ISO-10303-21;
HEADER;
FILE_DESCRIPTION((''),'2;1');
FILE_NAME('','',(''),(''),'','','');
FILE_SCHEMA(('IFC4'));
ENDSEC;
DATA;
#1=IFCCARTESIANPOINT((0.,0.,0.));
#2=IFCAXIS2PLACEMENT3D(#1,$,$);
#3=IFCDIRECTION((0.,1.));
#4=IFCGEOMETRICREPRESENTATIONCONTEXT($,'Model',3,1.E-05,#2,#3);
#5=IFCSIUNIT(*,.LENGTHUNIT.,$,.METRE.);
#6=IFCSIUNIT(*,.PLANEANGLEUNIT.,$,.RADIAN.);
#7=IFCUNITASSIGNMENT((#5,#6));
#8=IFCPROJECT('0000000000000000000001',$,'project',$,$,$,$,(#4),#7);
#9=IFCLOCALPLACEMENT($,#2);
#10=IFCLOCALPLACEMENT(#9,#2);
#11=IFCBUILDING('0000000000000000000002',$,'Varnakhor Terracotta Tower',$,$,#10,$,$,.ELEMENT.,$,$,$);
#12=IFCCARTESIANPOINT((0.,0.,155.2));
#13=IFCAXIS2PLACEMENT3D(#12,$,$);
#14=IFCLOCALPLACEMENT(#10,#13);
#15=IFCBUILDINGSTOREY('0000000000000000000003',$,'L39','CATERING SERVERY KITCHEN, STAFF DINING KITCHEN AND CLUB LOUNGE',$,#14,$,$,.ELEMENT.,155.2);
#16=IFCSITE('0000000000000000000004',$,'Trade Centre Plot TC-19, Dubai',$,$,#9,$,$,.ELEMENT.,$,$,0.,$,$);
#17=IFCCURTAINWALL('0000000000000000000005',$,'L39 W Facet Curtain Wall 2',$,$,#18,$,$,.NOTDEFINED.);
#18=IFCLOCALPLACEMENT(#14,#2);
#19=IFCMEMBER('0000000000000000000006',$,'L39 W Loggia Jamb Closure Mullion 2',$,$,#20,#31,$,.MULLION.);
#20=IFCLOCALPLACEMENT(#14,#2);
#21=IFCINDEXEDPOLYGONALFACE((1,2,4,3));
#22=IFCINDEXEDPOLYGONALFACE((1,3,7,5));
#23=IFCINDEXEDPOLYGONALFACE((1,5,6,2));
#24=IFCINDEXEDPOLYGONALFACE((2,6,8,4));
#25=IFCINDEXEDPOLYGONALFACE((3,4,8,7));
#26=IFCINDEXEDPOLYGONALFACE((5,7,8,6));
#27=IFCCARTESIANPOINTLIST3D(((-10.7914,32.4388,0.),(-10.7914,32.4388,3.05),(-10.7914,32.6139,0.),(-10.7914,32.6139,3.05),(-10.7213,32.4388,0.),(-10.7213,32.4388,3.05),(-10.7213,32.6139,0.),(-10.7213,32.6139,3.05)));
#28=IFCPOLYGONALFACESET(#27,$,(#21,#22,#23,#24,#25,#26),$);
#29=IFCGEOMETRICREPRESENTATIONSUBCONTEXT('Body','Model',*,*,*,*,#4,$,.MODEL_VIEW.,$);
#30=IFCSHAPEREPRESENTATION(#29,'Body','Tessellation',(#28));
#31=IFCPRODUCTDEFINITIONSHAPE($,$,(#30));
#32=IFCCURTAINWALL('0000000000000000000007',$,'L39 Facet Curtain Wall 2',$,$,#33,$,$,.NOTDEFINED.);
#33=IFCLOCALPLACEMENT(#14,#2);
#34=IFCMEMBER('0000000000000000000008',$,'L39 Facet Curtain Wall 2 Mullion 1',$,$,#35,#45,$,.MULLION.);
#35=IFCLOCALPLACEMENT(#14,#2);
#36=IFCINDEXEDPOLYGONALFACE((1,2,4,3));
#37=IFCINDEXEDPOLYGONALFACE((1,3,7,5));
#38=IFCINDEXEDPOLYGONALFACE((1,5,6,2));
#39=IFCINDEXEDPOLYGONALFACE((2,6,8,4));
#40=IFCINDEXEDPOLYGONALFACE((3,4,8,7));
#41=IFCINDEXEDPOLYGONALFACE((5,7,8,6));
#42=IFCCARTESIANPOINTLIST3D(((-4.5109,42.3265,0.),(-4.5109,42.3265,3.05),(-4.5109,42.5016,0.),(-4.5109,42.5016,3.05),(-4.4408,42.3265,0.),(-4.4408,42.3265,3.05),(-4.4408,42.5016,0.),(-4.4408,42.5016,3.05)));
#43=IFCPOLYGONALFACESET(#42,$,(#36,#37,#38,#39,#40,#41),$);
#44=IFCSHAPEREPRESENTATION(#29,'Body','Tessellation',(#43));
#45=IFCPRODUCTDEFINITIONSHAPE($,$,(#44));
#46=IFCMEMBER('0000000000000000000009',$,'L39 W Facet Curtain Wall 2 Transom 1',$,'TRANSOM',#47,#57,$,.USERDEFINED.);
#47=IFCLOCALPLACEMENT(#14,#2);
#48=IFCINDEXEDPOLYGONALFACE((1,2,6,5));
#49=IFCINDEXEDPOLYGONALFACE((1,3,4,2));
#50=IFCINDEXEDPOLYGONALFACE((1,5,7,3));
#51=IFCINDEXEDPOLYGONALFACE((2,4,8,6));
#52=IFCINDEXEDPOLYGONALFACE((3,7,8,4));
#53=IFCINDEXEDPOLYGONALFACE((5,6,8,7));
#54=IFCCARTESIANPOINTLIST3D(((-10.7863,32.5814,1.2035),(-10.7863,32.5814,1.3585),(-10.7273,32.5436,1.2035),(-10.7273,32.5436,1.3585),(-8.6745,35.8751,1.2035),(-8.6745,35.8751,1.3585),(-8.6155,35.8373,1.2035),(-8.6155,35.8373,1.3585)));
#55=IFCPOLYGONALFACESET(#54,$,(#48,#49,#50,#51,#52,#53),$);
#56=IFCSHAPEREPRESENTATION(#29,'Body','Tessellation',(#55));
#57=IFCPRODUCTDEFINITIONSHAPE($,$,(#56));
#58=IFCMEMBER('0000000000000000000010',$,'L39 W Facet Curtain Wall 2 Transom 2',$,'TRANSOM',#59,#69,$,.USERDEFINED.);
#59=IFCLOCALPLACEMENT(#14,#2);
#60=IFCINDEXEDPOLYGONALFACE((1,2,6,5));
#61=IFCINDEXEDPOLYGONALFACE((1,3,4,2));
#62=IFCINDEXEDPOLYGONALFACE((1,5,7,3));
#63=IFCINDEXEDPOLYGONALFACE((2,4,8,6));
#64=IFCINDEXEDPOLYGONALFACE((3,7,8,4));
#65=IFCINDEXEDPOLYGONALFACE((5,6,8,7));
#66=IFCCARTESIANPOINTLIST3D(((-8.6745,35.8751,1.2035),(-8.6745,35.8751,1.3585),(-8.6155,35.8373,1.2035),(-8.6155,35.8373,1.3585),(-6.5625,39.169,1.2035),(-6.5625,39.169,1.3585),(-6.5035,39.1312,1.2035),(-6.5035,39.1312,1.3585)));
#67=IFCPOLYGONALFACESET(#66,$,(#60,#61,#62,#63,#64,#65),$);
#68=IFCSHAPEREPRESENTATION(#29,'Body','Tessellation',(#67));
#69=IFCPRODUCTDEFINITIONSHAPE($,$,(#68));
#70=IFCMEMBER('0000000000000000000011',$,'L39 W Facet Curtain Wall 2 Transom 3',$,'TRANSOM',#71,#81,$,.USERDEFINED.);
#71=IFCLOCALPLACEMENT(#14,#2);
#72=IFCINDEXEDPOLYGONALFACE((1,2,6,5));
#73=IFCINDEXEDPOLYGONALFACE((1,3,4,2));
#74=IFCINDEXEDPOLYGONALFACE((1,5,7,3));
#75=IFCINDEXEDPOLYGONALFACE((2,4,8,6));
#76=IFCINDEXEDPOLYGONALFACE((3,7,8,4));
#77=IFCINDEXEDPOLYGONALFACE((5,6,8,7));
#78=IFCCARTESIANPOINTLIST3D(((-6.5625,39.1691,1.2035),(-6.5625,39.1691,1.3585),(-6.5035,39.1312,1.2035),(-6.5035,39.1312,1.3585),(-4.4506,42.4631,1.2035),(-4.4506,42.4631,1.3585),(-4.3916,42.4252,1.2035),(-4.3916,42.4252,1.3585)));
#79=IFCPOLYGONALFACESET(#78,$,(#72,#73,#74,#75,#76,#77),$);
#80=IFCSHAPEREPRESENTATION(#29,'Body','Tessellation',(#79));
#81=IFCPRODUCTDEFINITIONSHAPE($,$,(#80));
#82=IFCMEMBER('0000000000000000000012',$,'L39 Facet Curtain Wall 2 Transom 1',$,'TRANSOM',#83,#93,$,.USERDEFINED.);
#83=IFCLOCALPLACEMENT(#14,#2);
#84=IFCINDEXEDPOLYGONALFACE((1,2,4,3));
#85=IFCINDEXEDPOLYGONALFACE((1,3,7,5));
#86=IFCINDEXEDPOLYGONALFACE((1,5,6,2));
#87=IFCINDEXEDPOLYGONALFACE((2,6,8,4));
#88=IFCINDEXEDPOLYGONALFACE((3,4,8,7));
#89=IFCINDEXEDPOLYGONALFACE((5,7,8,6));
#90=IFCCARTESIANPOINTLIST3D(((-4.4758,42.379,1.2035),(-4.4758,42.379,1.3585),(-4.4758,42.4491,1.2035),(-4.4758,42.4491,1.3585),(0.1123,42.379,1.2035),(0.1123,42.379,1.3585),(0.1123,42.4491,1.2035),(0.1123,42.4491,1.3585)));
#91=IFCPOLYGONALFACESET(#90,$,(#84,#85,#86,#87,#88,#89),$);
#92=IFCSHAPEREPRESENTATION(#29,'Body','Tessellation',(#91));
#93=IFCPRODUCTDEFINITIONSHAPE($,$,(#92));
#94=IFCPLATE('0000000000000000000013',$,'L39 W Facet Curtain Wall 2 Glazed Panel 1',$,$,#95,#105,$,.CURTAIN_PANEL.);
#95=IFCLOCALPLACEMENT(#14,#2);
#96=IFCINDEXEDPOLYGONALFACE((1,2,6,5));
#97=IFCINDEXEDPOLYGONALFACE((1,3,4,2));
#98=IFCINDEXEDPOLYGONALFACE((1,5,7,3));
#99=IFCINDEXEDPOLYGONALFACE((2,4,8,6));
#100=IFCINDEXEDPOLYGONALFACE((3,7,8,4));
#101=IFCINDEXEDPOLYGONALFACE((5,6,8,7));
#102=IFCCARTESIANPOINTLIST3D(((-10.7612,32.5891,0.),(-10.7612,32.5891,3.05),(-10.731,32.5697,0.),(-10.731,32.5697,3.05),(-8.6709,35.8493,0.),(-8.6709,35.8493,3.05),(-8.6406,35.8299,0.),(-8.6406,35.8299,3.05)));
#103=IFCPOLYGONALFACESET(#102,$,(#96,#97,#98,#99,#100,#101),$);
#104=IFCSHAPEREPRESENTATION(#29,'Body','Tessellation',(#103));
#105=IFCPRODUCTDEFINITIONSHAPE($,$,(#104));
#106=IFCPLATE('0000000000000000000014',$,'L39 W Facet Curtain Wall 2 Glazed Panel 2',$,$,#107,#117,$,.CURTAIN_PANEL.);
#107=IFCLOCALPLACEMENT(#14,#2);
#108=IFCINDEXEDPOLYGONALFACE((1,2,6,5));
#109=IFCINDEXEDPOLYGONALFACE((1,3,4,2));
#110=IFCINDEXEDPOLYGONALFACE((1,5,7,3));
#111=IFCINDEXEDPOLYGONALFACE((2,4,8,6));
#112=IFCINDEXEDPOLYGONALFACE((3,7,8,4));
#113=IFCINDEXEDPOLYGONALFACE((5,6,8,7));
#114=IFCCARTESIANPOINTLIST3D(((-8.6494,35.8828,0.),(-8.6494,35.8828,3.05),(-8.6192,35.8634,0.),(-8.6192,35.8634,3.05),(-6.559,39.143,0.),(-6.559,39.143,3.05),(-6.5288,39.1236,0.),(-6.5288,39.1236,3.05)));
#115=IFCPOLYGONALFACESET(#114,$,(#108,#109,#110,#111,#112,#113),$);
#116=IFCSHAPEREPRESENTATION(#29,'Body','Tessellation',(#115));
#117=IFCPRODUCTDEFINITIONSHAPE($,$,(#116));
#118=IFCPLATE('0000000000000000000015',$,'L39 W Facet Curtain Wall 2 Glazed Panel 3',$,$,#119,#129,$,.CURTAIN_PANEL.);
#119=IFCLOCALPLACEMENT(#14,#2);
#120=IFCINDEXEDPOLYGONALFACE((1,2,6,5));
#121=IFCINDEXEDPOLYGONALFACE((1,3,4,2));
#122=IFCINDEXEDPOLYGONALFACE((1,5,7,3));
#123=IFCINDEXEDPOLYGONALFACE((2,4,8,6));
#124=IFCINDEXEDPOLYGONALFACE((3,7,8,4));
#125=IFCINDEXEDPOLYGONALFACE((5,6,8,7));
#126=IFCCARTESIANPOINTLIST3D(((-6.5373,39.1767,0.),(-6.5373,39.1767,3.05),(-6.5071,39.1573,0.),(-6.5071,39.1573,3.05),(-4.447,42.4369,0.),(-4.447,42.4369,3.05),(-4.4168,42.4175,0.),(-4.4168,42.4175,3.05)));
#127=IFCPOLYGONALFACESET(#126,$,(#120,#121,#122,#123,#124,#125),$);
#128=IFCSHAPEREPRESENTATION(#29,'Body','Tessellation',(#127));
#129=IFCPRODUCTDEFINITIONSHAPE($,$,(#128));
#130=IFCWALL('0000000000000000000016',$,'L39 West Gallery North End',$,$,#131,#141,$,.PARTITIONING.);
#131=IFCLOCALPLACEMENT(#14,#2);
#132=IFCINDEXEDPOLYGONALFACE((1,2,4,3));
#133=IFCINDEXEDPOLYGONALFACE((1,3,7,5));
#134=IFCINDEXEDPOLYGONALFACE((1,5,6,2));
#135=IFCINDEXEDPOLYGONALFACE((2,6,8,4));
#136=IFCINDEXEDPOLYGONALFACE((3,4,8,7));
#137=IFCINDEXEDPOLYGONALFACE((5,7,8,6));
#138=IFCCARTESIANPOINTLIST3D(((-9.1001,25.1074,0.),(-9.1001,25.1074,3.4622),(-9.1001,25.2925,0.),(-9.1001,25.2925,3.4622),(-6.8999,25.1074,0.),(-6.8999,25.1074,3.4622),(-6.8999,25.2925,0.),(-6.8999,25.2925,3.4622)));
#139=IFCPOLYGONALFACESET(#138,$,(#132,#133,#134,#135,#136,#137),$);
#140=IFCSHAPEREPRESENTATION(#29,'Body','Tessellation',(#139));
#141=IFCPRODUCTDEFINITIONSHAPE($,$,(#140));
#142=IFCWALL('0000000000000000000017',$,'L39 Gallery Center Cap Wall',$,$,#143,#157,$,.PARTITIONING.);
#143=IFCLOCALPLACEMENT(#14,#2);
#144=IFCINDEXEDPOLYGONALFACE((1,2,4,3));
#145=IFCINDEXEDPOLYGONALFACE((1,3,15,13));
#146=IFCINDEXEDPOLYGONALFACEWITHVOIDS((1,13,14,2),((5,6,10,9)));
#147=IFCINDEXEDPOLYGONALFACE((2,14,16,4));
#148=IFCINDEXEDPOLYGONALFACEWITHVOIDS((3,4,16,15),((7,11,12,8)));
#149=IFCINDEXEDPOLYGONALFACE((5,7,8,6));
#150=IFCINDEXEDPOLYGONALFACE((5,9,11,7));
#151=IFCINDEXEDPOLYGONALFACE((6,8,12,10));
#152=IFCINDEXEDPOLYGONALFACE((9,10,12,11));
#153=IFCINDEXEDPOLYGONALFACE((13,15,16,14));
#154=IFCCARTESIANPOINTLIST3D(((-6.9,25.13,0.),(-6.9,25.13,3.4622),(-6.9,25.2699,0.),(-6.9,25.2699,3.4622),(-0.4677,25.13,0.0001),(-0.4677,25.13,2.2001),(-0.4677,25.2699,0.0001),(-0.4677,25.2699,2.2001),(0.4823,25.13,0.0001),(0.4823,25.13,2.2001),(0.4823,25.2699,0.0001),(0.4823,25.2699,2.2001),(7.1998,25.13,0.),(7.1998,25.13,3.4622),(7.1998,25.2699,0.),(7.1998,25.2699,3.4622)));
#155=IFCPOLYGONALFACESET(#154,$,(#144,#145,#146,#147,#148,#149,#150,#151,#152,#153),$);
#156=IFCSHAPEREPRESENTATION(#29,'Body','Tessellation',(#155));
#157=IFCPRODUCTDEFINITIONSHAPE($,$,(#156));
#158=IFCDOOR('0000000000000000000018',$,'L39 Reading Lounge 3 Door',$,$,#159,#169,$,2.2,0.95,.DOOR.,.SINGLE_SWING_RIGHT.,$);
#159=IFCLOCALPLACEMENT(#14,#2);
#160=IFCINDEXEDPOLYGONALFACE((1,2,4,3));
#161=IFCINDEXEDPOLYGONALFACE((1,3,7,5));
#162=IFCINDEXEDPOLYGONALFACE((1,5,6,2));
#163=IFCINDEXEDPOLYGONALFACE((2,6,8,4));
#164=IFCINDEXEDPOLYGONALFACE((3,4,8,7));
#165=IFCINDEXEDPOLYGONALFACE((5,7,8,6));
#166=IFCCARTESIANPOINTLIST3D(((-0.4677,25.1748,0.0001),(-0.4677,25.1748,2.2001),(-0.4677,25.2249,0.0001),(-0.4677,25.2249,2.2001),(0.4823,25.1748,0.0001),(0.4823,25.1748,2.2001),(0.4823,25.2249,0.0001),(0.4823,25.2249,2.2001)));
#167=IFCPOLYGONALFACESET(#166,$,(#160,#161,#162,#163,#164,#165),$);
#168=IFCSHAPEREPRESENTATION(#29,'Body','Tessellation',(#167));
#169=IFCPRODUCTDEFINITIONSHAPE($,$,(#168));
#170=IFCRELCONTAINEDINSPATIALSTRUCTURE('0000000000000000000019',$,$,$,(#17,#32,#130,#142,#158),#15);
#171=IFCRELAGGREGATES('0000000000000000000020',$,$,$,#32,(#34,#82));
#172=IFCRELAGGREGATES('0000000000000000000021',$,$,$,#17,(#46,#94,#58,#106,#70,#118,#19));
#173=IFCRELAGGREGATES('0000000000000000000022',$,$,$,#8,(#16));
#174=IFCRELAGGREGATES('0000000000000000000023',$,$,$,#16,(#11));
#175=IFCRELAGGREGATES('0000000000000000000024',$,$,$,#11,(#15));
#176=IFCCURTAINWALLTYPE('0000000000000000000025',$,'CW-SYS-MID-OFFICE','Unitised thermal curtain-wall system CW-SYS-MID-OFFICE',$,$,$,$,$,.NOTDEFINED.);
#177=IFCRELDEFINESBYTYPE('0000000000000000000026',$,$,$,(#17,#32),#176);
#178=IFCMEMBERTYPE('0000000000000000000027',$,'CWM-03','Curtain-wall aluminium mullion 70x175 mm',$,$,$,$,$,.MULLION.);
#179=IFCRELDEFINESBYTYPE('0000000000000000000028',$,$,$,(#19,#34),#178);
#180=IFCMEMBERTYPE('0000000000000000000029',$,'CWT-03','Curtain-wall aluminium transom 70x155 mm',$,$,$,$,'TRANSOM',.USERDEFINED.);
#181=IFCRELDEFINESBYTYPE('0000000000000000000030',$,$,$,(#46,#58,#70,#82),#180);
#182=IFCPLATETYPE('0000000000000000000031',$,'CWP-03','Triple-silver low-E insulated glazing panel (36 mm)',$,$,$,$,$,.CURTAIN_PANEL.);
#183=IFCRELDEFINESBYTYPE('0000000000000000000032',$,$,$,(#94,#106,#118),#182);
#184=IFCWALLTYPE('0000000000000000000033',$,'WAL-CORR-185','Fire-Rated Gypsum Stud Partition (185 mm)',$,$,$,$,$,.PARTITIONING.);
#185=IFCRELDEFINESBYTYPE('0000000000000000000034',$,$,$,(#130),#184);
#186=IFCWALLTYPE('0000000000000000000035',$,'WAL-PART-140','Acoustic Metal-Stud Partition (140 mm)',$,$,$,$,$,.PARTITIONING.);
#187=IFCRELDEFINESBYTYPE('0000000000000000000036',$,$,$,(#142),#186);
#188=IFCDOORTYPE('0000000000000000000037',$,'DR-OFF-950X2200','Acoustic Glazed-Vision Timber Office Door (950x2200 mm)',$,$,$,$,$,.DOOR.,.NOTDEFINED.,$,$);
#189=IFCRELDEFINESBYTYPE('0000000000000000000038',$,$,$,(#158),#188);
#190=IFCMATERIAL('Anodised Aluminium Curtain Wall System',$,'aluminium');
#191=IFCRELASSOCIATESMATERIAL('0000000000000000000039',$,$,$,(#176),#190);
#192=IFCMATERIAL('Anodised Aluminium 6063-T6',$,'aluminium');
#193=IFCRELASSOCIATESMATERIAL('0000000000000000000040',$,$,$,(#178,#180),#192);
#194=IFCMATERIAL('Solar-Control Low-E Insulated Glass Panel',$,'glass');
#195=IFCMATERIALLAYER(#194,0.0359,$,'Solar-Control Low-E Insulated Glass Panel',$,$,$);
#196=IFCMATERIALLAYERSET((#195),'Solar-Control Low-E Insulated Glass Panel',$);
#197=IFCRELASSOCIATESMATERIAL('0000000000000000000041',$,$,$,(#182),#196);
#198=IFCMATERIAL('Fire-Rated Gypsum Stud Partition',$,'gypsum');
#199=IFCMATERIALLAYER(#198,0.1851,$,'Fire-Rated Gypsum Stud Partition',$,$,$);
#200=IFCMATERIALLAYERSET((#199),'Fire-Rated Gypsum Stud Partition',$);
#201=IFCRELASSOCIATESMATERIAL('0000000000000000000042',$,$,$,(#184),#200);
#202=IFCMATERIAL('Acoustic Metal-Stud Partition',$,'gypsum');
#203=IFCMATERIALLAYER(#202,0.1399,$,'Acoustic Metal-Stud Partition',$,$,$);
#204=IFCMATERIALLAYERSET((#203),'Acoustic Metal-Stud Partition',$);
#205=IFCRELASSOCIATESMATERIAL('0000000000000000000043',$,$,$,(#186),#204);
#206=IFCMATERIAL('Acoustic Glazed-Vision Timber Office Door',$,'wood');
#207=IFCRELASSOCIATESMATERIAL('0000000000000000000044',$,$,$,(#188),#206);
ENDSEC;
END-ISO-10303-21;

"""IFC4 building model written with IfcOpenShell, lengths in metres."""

from ifc_helpers import new_model, si_unit, direction, frame, frame_2d, origin, origin_2d, place, context, subcontext, project, spatial, rectangle, extrude, source, transform, mapped, material, layer, layer_set, material_profile, profile_set, type_object, type_shapes, element, fill, aggregate, save


model = new_model("IFC4")

# Units and contexts
model_context = context("Model", 3, precision=1e-05, world=origin(), true_north=direction((0.0, 1.0)))
body_context = subcontext(model_context, "Body", "Model", "MODEL_VIEW")
ifc_project = project(units=[si_unit("LENGTHUNIT", "METRE"), si_unit("PLANEANGLEUNIT", "RADIAN")], contexts=[model_context])

# Site, building, storey
site_placement = place(None, origin())
site = spatial("IfcSite", under=ifc_project, at=site_placement, Name="Trade Centre Plot TC-19, Dubai", CompositionType="ELEMENT", RefElevation=0.0)
building_placement = place(site_placement, origin())
building = spatial("IfcBuilding", under=site, at=building_placement, Name="Varnakhor Terracotta Tower", CompositionType="ELEMENT")
storey_placement = place(building_placement, frame((0.0, 0.0, 155.2)))
storey = spatial("IfcBuildingStorey", under=building, at=storey_placement, Name="L39", Description="CATERING SERVERY KITCHEN, STAFF DINING KITCHEN AND CLUB LOUNGE", CompositionType="ELEMENT", Elevation=155.2)

# Curtain wall, member
ifc_material_1 = material(Name="Anodised Aluminium Curtain Wall System", Category="aluminium")
curtain_wall_type = type_object("IfcCurtainWallType", Name="CW-SYS-MID-OFFICE", Description="Unitised thermal curtain-wall system CW-SYS-MID-OFFICE", PredefinedType="NOTDEFINED", material=ifc_material_1)
curtain_wall_1_placement = place(storey_placement, origin())
curtain_wall_1 = element("IfcCurtainWall", 1, at=curtain_wall_1_placement, inside=storey, type_object=curtain_wall_type, Name="L39 W Facet Curtain Wall 2", PredefinedType="NOTDEFINED")
ifc_material_2 = material(Name="Anodised Aluminium 6063-T6", Category="aluminium")
ifc_material_profile_1 = material_profile(ifc_material_2, rectangle(XDim=0.0701, YDim=0.175, at=origin_2d()), Name="ALU MULLION 70x175")
ifc_profile_set_1 = profile_set([ifc_material_profile_1], Name="Anodised Aluminium 6063-T6")
member_type_1 = type_object("IfcMemberType", Name="CWM-03", Description="Curtain-wall aluminium mullion 70x175 mm", PredefinedType="MULLION", material=ifc_profile_set_1)
shared_shape_1 = source(origin(), body_context, "Body", "SweptSolid", [
    extrude(rectangle(XDim=0.0701, YDim=0.175, at=origin_2d()), origin(), (0.0, 0.0, 1.0), 3.05),
])
member_1_placement = place(storey_placement, frame((-10.7563, 32.5264, 0.0), z_axis=(0.0, 0.0, 1.0), x_axis=(1.0, 0.0, 0.0)))
member_1 = element("IfcMember", 2, at=member_1_placement, type_object=member_type_1, Name="L39 W Loggia Jamb Closure Mullion 2", PredefinedType="MULLION", context=body_context, shape_type="MappedRepresentation", body=[
    mapped(shared_shape_1, transform((0.0, 0.0, 0.0), scale=1.0)),
])

# Curtain wall, member
curtain_wall_2_placement = place(storey_placement, origin())
curtain_wall_2 = element("IfcCurtainWall", 3, at=curtain_wall_2_placement, inside=storey, type_object=curtain_wall_type, Name="L39 Facet Curtain Wall 2", PredefinedType="NOTDEFINED")
member_2_placement = place(storey_placement, frame((-4.4758, 42.4141, 0.0), z_axis=(0.0, 0.0, 1.0), x_axis=(1.0, 0.0, 0.0)))
member_2 = element("IfcMember", 4, at=member_2_placement, type_object=member_type_1, Name="L39 Facet Curtain Wall 2 Mullion 1", PredefinedType="MULLION", context=body_context, shape_type="MappedRepresentation", body=[
    mapped(shared_shape_1, transform((0.0, 0.0, 0.0), scale=1.0)),
])

# Members
ifc_material_profile_2 = material_profile(ifc_material_2, rectangle(XDim=0.0701, YDim=0.155, at=origin_2d()), Name="ALU TRANSOM 70x155")
ifc_profile_set_2 = profile_set([ifc_material_profile_2], Name="Anodised Aluminium 6063-T6")
member_type_2 = type_object("IfcMemberType", Name="CWT-03", Description="Curtain-wall aluminium transom 70x155 mm", ElementType="TRANSOM", PredefinedType="USERDEFINED", material=ifc_profile_set_2)
shared_shape_2 = source(origin(), body_context, "Body", "SweptSolid", [
    extrude(rectangle(XDim=0.0701, YDim=0.155, at=origin_2d()), origin(), (0.0, 0.0, 1.0), 3.9126),
])
member_3_placement = place(storey_placement, frame((-10.7568, 32.5625, 1.281), z_axis=(0.539751, 0.841825, 0.0), x_axis=(-0.841825, 0.539751, 0.0)))
member_3 = element("IfcMember", 5, at=member_3_placement, type_object=member_type_2, Name="L39 W Facet Curtain Wall 2 Transom 1", ObjectType="TRANSOM", PredefinedType="USERDEFINED", context=body_context, shape_type="MappedRepresentation", body=[
    mapped(shared_shape_2, transform((0.0, 0.0, 0.0), scale=1.0)),
])
shared_shape_3 = source(origin(), body_context, "Body", "SweptSolid", [
    extrude(rectangle(XDim=0.0701, YDim=0.155, at=origin_2d()), origin(), (0.0, 0.0, 1.0), 3.9128),
])
member_4_placement = place(storey_placement, frame((-8.645, 35.8562, 1.281), z_axis=(0.539767, 0.841814, 0.0), x_axis=(-0.841814, 0.539767, 0.0)))
member_4 = element("IfcMember", 6, at=member_4_placement, type_object=member_type_2, Name="L39 W Facet Curtain Wall 2 Transom 2", ObjectType="TRANSOM", PredefinedType="USERDEFINED", context=body_context, shape_type="MappedRepresentation", body=[
    mapped(shared_shape_3, transform((0.0, 0.0, 0.0), scale=1.0)),
])
member_5_placement = place(storey_placement, frame((-6.533, 39.1501, 1.281), z_axis=(0.539723, 0.841843, 0.0), x_axis=(-0.841843, 0.539723, 0.0)))
member_5 = element("IfcMember", 7, at=member_5_placement, type_object=member_type_2, Name="L39 W Facet Curtain Wall 2 Transom 3", ObjectType="TRANSOM", PredefinedType="USERDEFINED", context=body_context, shape_type="MappedRepresentation", body=[
    mapped(shared_shape_3, transform((0.0, 0.0, 0.0), scale=1.0)),
])
shared_shape_4 = source(origin(), body_context, "Body", "SweptSolid", [
    extrude(rectangle(XDim=0.0701, YDim=0.155, at=origin_2d()), origin(), (0.0, 0.0, 1.0), 4.5881),
])
member_6_placement = place(storey_placement, frame((-4.4758, 42.4141, 1.281), z_axis=(1.0, 0.0, 0.0), x_axis=(0.0, 1.0, 0.0)))
member_6 = element("IfcMember", 8, at=member_6_placement, type_object=member_type_2, Name="L39 Facet Curtain Wall 2 Transom 1", ObjectType="TRANSOM", PredefinedType="USERDEFINED", context=body_context, shape_type="MappedRepresentation", body=[
    mapped(shared_shape_4, transform((0.0, 0.0, 0.0), scale=1.0)),
])
aggregate(curtain_wall_2, [member_2, member_6])

# Plates
ifc_material_3 = material(Name="Solar-Control Low-E Insulated Glass Panel", Category="glass")
ifc_layer_1 = layer(ifc_material_3, 0.0359, Name="Solar-Control Low-E Insulated Glass Panel")
ifc_layer_set_1 = layer_set([ifc_layer_1], Name="Solar-Control Low-E Insulated Glass Panel")
plate_type = type_object("IfcPlateType", Name="CWP-03", Description="Triple-silver low-E insulated glazing panel (36 mm)", PredefinedType="CURTAIN_PANEL", material=ifc_layer_set_1)
shared_shape_5 = source(origin(), body_context, "Body", "SweptSolid", [
    extrude(rectangle(XDim=3.8728, YDim=0.0359, at=origin_2d()), origin(), (0.0, 0.0, 1.0), 3.05),
])
plate_1_placement = place(storey_placement, frame((-9.7009, 34.2095, 0.0), z_axis=(0.0, 0.0, 1.0), x_axis=(0.539756, 0.841822, 0.0)))
plate_1 = element("IfcPlate", 9, at=plate_1_placement, type_object=plate_type, Name="L39 W Facet Curtain Wall 2 Glazed Panel 1", PredefinedType="CURTAIN_PANEL", context=body_context, shape_type="MappedRepresentation", body=[
    mapped(shared_shape_5, transform((0.0, 0.0, 0.0), scale=1.0)),
])
plate_2_placement = place(storey_placement, frame((-7.5891, 37.5032, 0.0), z_axis=(0.0, 0.0, 1.0), x_axis=(0.539756, 0.841822, 0.0)))
plate_2 = element("IfcPlate", 10, at=plate_2_placement, type_object=plate_type, Name="L39 W Facet Curtain Wall 2 Glazed Panel 2", PredefinedType="CURTAIN_PANEL", context=body_context, shape_type="MappedRepresentation", body=[
    mapped(shared_shape_5, transform((0.0, 0.0, 0.0), scale=1.0)),
])
plate_3_placement = place(storey_placement, frame((-5.4771, 40.7971, 0.0), z_axis=(0.0, 0.0, 1.0), x_axis=(0.539756, 0.841822, 0.0)))
plate_3 = element("IfcPlate", 11, at=plate_3_placement, type_object=plate_type, Name="L39 W Facet Curtain Wall 2 Glazed Panel 3", PredefinedType="CURTAIN_PANEL", context=body_context, shape_type="MappedRepresentation", body=[
    mapped(shared_shape_5, transform((0.0, 0.0, 0.0), scale=1.0)),
])
aggregate(curtain_wall_1, [member_3, plate_1, member_4, plate_2, member_5, plate_3, member_1])

# Wall
ifc_material_4 = material(Name="Fire-Rated Gypsum Stud Partition", Category="gypsum")
ifc_layer_2 = layer(ifc_material_4, 0.1851, Name="Fire-Rated Gypsum Stud Partition")
ifc_layer_set_2 = layer_set([ifc_layer_2], Name="Fire-Rated Gypsum Stud Partition")
wall_type_1 = type_object("IfcWallType", Name="WAL-CORR-185", Description="Fire-Rated Gypsum Stud Partition (185 mm)", PredefinedType="PARTITIONING", material=ifc_layer_set_2)
wall_1_placement = place(storey_placement, frame((-9.1001, 25.2, 0.0), z_axis=(0.0, 0.0, 1.0), x_axis=(1.0, 0.0, 0.0)))
element("IfcWall", 12, at=wall_1_placement, inside=storey, type_object=wall_type_1, Name="L39 West Gallery North End", PredefinedType="PARTITIONING", context=body_context, shape_type="SweptSolid", body=[
    extrude(rectangle(XDim=2.2002, YDim=0.1851, at=frame_2d((1.1001, 0.0))), origin(), (0.0, 0.0, 1.0), 3.4622),
])

# Wall, opening, door
ifc_material_5 = material(Name="Acoustic Metal-Stud Partition", Category="gypsum")
ifc_layer_3 = layer(ifc_material_5, 0.1399, Name="Acoustic Metal-Stud Partition")
ifc_layer_set_3 = layer_set([ifc_layer_3], Name="Acoustic Metal-Stud Partition")
wall_type_2 = type_object("IfcWallType", Name="WAL-PART-140", Description="Acoustic Metal-Stud Partition (140 mm)", PredefinedType="PARTITIONING", material=ifc_layer_set_3)
wall_2_placement = place(storey_placement, frame((-6.8999, 25.2, 0.0), z_axis=(0.0, 0.0, 1.0), x_axis=(1.0, 0.0, 0.0)))
wall_2 = element("IfcWall", 13, at=wall_2_placement, inside=storey, type_object=wall_type_2, Name="L39 Gallery Center Cap Wall", PredefinedType="PARTITIONING", context=body_context, shape_type="SweptSolid", body=[
    extrude(rectangle(XDim=14.0999, YDim=0.1399, at=frame_2d((7.0498, 0.0))), origin(), (0.0, 0.0, 1.0), 3.4622),
])
opening_placement = place(wall_2_placement, frame((6.4321, 0.0, 0.0)))
opening = element("IfcOpeningElement", 14, at=opening_placement, cuts=wall_2, PredefinedType="OPENING", context=body_context, shape_type="SweptSolid", body=[
    extrude(rectangle(XDim=0.95, YDim=2.2, at=frame_2d((0.4751, 1.1001))), frame((0.0, 0.0801, 0.0), z_axis=(0.0, -1.0, 0.0), x_axis=(1.0, 0.0, 0.0)), (0.0, 0.0, 1.0), 0.1599),
])
ifc_material_6 = material(Name="Acoustic Glazed-Vision Timber Office Door", Category="wood")
door_type = type_object("IfcDoorType", Name="DR-OFF-950X2200", Description="Acoustic Glazed-Vision Timber Office Door (950x2200 mm)", OperationType="NOTDEFINED", PredefinedType="DOOR", material=ifc_material_6)
shared_shape_6 = source(origin(), body_context, "Body", "SweptSolid", [
    extrude(rectangle(XDim=0.95, YDim=2.2, at=frame_2d((0.4751, 1.1001))), frame((0.0, 0.0249, 0.0), z_axis=(0.0, -1.0, 0.0), x_axis=(1.0, 0.0, 0.0)), (0.0, 0.0, 1.0), 0.05),
])
type_shapes(door_type, [shared_shape_6])
door_placement = place(opening_placement, origin())
door = element("IfcDoor", 15, at=door_placement, inside=storey, type_object=door_type, Name="L39 Reading Lounge 3 Door", OperationType="SINGLE_SWING_RIGHT", OverallHeight=2.2, OverallWidth=0.95, PredefinedType="DOOR", context=body_context, shape_type="MappedRepresentation", body=[
    mapped(shared_shape_6, transform((0.0, 0.0, 0.0), scale=1.0)),
])
fill(opening, door)

save(model, "model.ifc")
